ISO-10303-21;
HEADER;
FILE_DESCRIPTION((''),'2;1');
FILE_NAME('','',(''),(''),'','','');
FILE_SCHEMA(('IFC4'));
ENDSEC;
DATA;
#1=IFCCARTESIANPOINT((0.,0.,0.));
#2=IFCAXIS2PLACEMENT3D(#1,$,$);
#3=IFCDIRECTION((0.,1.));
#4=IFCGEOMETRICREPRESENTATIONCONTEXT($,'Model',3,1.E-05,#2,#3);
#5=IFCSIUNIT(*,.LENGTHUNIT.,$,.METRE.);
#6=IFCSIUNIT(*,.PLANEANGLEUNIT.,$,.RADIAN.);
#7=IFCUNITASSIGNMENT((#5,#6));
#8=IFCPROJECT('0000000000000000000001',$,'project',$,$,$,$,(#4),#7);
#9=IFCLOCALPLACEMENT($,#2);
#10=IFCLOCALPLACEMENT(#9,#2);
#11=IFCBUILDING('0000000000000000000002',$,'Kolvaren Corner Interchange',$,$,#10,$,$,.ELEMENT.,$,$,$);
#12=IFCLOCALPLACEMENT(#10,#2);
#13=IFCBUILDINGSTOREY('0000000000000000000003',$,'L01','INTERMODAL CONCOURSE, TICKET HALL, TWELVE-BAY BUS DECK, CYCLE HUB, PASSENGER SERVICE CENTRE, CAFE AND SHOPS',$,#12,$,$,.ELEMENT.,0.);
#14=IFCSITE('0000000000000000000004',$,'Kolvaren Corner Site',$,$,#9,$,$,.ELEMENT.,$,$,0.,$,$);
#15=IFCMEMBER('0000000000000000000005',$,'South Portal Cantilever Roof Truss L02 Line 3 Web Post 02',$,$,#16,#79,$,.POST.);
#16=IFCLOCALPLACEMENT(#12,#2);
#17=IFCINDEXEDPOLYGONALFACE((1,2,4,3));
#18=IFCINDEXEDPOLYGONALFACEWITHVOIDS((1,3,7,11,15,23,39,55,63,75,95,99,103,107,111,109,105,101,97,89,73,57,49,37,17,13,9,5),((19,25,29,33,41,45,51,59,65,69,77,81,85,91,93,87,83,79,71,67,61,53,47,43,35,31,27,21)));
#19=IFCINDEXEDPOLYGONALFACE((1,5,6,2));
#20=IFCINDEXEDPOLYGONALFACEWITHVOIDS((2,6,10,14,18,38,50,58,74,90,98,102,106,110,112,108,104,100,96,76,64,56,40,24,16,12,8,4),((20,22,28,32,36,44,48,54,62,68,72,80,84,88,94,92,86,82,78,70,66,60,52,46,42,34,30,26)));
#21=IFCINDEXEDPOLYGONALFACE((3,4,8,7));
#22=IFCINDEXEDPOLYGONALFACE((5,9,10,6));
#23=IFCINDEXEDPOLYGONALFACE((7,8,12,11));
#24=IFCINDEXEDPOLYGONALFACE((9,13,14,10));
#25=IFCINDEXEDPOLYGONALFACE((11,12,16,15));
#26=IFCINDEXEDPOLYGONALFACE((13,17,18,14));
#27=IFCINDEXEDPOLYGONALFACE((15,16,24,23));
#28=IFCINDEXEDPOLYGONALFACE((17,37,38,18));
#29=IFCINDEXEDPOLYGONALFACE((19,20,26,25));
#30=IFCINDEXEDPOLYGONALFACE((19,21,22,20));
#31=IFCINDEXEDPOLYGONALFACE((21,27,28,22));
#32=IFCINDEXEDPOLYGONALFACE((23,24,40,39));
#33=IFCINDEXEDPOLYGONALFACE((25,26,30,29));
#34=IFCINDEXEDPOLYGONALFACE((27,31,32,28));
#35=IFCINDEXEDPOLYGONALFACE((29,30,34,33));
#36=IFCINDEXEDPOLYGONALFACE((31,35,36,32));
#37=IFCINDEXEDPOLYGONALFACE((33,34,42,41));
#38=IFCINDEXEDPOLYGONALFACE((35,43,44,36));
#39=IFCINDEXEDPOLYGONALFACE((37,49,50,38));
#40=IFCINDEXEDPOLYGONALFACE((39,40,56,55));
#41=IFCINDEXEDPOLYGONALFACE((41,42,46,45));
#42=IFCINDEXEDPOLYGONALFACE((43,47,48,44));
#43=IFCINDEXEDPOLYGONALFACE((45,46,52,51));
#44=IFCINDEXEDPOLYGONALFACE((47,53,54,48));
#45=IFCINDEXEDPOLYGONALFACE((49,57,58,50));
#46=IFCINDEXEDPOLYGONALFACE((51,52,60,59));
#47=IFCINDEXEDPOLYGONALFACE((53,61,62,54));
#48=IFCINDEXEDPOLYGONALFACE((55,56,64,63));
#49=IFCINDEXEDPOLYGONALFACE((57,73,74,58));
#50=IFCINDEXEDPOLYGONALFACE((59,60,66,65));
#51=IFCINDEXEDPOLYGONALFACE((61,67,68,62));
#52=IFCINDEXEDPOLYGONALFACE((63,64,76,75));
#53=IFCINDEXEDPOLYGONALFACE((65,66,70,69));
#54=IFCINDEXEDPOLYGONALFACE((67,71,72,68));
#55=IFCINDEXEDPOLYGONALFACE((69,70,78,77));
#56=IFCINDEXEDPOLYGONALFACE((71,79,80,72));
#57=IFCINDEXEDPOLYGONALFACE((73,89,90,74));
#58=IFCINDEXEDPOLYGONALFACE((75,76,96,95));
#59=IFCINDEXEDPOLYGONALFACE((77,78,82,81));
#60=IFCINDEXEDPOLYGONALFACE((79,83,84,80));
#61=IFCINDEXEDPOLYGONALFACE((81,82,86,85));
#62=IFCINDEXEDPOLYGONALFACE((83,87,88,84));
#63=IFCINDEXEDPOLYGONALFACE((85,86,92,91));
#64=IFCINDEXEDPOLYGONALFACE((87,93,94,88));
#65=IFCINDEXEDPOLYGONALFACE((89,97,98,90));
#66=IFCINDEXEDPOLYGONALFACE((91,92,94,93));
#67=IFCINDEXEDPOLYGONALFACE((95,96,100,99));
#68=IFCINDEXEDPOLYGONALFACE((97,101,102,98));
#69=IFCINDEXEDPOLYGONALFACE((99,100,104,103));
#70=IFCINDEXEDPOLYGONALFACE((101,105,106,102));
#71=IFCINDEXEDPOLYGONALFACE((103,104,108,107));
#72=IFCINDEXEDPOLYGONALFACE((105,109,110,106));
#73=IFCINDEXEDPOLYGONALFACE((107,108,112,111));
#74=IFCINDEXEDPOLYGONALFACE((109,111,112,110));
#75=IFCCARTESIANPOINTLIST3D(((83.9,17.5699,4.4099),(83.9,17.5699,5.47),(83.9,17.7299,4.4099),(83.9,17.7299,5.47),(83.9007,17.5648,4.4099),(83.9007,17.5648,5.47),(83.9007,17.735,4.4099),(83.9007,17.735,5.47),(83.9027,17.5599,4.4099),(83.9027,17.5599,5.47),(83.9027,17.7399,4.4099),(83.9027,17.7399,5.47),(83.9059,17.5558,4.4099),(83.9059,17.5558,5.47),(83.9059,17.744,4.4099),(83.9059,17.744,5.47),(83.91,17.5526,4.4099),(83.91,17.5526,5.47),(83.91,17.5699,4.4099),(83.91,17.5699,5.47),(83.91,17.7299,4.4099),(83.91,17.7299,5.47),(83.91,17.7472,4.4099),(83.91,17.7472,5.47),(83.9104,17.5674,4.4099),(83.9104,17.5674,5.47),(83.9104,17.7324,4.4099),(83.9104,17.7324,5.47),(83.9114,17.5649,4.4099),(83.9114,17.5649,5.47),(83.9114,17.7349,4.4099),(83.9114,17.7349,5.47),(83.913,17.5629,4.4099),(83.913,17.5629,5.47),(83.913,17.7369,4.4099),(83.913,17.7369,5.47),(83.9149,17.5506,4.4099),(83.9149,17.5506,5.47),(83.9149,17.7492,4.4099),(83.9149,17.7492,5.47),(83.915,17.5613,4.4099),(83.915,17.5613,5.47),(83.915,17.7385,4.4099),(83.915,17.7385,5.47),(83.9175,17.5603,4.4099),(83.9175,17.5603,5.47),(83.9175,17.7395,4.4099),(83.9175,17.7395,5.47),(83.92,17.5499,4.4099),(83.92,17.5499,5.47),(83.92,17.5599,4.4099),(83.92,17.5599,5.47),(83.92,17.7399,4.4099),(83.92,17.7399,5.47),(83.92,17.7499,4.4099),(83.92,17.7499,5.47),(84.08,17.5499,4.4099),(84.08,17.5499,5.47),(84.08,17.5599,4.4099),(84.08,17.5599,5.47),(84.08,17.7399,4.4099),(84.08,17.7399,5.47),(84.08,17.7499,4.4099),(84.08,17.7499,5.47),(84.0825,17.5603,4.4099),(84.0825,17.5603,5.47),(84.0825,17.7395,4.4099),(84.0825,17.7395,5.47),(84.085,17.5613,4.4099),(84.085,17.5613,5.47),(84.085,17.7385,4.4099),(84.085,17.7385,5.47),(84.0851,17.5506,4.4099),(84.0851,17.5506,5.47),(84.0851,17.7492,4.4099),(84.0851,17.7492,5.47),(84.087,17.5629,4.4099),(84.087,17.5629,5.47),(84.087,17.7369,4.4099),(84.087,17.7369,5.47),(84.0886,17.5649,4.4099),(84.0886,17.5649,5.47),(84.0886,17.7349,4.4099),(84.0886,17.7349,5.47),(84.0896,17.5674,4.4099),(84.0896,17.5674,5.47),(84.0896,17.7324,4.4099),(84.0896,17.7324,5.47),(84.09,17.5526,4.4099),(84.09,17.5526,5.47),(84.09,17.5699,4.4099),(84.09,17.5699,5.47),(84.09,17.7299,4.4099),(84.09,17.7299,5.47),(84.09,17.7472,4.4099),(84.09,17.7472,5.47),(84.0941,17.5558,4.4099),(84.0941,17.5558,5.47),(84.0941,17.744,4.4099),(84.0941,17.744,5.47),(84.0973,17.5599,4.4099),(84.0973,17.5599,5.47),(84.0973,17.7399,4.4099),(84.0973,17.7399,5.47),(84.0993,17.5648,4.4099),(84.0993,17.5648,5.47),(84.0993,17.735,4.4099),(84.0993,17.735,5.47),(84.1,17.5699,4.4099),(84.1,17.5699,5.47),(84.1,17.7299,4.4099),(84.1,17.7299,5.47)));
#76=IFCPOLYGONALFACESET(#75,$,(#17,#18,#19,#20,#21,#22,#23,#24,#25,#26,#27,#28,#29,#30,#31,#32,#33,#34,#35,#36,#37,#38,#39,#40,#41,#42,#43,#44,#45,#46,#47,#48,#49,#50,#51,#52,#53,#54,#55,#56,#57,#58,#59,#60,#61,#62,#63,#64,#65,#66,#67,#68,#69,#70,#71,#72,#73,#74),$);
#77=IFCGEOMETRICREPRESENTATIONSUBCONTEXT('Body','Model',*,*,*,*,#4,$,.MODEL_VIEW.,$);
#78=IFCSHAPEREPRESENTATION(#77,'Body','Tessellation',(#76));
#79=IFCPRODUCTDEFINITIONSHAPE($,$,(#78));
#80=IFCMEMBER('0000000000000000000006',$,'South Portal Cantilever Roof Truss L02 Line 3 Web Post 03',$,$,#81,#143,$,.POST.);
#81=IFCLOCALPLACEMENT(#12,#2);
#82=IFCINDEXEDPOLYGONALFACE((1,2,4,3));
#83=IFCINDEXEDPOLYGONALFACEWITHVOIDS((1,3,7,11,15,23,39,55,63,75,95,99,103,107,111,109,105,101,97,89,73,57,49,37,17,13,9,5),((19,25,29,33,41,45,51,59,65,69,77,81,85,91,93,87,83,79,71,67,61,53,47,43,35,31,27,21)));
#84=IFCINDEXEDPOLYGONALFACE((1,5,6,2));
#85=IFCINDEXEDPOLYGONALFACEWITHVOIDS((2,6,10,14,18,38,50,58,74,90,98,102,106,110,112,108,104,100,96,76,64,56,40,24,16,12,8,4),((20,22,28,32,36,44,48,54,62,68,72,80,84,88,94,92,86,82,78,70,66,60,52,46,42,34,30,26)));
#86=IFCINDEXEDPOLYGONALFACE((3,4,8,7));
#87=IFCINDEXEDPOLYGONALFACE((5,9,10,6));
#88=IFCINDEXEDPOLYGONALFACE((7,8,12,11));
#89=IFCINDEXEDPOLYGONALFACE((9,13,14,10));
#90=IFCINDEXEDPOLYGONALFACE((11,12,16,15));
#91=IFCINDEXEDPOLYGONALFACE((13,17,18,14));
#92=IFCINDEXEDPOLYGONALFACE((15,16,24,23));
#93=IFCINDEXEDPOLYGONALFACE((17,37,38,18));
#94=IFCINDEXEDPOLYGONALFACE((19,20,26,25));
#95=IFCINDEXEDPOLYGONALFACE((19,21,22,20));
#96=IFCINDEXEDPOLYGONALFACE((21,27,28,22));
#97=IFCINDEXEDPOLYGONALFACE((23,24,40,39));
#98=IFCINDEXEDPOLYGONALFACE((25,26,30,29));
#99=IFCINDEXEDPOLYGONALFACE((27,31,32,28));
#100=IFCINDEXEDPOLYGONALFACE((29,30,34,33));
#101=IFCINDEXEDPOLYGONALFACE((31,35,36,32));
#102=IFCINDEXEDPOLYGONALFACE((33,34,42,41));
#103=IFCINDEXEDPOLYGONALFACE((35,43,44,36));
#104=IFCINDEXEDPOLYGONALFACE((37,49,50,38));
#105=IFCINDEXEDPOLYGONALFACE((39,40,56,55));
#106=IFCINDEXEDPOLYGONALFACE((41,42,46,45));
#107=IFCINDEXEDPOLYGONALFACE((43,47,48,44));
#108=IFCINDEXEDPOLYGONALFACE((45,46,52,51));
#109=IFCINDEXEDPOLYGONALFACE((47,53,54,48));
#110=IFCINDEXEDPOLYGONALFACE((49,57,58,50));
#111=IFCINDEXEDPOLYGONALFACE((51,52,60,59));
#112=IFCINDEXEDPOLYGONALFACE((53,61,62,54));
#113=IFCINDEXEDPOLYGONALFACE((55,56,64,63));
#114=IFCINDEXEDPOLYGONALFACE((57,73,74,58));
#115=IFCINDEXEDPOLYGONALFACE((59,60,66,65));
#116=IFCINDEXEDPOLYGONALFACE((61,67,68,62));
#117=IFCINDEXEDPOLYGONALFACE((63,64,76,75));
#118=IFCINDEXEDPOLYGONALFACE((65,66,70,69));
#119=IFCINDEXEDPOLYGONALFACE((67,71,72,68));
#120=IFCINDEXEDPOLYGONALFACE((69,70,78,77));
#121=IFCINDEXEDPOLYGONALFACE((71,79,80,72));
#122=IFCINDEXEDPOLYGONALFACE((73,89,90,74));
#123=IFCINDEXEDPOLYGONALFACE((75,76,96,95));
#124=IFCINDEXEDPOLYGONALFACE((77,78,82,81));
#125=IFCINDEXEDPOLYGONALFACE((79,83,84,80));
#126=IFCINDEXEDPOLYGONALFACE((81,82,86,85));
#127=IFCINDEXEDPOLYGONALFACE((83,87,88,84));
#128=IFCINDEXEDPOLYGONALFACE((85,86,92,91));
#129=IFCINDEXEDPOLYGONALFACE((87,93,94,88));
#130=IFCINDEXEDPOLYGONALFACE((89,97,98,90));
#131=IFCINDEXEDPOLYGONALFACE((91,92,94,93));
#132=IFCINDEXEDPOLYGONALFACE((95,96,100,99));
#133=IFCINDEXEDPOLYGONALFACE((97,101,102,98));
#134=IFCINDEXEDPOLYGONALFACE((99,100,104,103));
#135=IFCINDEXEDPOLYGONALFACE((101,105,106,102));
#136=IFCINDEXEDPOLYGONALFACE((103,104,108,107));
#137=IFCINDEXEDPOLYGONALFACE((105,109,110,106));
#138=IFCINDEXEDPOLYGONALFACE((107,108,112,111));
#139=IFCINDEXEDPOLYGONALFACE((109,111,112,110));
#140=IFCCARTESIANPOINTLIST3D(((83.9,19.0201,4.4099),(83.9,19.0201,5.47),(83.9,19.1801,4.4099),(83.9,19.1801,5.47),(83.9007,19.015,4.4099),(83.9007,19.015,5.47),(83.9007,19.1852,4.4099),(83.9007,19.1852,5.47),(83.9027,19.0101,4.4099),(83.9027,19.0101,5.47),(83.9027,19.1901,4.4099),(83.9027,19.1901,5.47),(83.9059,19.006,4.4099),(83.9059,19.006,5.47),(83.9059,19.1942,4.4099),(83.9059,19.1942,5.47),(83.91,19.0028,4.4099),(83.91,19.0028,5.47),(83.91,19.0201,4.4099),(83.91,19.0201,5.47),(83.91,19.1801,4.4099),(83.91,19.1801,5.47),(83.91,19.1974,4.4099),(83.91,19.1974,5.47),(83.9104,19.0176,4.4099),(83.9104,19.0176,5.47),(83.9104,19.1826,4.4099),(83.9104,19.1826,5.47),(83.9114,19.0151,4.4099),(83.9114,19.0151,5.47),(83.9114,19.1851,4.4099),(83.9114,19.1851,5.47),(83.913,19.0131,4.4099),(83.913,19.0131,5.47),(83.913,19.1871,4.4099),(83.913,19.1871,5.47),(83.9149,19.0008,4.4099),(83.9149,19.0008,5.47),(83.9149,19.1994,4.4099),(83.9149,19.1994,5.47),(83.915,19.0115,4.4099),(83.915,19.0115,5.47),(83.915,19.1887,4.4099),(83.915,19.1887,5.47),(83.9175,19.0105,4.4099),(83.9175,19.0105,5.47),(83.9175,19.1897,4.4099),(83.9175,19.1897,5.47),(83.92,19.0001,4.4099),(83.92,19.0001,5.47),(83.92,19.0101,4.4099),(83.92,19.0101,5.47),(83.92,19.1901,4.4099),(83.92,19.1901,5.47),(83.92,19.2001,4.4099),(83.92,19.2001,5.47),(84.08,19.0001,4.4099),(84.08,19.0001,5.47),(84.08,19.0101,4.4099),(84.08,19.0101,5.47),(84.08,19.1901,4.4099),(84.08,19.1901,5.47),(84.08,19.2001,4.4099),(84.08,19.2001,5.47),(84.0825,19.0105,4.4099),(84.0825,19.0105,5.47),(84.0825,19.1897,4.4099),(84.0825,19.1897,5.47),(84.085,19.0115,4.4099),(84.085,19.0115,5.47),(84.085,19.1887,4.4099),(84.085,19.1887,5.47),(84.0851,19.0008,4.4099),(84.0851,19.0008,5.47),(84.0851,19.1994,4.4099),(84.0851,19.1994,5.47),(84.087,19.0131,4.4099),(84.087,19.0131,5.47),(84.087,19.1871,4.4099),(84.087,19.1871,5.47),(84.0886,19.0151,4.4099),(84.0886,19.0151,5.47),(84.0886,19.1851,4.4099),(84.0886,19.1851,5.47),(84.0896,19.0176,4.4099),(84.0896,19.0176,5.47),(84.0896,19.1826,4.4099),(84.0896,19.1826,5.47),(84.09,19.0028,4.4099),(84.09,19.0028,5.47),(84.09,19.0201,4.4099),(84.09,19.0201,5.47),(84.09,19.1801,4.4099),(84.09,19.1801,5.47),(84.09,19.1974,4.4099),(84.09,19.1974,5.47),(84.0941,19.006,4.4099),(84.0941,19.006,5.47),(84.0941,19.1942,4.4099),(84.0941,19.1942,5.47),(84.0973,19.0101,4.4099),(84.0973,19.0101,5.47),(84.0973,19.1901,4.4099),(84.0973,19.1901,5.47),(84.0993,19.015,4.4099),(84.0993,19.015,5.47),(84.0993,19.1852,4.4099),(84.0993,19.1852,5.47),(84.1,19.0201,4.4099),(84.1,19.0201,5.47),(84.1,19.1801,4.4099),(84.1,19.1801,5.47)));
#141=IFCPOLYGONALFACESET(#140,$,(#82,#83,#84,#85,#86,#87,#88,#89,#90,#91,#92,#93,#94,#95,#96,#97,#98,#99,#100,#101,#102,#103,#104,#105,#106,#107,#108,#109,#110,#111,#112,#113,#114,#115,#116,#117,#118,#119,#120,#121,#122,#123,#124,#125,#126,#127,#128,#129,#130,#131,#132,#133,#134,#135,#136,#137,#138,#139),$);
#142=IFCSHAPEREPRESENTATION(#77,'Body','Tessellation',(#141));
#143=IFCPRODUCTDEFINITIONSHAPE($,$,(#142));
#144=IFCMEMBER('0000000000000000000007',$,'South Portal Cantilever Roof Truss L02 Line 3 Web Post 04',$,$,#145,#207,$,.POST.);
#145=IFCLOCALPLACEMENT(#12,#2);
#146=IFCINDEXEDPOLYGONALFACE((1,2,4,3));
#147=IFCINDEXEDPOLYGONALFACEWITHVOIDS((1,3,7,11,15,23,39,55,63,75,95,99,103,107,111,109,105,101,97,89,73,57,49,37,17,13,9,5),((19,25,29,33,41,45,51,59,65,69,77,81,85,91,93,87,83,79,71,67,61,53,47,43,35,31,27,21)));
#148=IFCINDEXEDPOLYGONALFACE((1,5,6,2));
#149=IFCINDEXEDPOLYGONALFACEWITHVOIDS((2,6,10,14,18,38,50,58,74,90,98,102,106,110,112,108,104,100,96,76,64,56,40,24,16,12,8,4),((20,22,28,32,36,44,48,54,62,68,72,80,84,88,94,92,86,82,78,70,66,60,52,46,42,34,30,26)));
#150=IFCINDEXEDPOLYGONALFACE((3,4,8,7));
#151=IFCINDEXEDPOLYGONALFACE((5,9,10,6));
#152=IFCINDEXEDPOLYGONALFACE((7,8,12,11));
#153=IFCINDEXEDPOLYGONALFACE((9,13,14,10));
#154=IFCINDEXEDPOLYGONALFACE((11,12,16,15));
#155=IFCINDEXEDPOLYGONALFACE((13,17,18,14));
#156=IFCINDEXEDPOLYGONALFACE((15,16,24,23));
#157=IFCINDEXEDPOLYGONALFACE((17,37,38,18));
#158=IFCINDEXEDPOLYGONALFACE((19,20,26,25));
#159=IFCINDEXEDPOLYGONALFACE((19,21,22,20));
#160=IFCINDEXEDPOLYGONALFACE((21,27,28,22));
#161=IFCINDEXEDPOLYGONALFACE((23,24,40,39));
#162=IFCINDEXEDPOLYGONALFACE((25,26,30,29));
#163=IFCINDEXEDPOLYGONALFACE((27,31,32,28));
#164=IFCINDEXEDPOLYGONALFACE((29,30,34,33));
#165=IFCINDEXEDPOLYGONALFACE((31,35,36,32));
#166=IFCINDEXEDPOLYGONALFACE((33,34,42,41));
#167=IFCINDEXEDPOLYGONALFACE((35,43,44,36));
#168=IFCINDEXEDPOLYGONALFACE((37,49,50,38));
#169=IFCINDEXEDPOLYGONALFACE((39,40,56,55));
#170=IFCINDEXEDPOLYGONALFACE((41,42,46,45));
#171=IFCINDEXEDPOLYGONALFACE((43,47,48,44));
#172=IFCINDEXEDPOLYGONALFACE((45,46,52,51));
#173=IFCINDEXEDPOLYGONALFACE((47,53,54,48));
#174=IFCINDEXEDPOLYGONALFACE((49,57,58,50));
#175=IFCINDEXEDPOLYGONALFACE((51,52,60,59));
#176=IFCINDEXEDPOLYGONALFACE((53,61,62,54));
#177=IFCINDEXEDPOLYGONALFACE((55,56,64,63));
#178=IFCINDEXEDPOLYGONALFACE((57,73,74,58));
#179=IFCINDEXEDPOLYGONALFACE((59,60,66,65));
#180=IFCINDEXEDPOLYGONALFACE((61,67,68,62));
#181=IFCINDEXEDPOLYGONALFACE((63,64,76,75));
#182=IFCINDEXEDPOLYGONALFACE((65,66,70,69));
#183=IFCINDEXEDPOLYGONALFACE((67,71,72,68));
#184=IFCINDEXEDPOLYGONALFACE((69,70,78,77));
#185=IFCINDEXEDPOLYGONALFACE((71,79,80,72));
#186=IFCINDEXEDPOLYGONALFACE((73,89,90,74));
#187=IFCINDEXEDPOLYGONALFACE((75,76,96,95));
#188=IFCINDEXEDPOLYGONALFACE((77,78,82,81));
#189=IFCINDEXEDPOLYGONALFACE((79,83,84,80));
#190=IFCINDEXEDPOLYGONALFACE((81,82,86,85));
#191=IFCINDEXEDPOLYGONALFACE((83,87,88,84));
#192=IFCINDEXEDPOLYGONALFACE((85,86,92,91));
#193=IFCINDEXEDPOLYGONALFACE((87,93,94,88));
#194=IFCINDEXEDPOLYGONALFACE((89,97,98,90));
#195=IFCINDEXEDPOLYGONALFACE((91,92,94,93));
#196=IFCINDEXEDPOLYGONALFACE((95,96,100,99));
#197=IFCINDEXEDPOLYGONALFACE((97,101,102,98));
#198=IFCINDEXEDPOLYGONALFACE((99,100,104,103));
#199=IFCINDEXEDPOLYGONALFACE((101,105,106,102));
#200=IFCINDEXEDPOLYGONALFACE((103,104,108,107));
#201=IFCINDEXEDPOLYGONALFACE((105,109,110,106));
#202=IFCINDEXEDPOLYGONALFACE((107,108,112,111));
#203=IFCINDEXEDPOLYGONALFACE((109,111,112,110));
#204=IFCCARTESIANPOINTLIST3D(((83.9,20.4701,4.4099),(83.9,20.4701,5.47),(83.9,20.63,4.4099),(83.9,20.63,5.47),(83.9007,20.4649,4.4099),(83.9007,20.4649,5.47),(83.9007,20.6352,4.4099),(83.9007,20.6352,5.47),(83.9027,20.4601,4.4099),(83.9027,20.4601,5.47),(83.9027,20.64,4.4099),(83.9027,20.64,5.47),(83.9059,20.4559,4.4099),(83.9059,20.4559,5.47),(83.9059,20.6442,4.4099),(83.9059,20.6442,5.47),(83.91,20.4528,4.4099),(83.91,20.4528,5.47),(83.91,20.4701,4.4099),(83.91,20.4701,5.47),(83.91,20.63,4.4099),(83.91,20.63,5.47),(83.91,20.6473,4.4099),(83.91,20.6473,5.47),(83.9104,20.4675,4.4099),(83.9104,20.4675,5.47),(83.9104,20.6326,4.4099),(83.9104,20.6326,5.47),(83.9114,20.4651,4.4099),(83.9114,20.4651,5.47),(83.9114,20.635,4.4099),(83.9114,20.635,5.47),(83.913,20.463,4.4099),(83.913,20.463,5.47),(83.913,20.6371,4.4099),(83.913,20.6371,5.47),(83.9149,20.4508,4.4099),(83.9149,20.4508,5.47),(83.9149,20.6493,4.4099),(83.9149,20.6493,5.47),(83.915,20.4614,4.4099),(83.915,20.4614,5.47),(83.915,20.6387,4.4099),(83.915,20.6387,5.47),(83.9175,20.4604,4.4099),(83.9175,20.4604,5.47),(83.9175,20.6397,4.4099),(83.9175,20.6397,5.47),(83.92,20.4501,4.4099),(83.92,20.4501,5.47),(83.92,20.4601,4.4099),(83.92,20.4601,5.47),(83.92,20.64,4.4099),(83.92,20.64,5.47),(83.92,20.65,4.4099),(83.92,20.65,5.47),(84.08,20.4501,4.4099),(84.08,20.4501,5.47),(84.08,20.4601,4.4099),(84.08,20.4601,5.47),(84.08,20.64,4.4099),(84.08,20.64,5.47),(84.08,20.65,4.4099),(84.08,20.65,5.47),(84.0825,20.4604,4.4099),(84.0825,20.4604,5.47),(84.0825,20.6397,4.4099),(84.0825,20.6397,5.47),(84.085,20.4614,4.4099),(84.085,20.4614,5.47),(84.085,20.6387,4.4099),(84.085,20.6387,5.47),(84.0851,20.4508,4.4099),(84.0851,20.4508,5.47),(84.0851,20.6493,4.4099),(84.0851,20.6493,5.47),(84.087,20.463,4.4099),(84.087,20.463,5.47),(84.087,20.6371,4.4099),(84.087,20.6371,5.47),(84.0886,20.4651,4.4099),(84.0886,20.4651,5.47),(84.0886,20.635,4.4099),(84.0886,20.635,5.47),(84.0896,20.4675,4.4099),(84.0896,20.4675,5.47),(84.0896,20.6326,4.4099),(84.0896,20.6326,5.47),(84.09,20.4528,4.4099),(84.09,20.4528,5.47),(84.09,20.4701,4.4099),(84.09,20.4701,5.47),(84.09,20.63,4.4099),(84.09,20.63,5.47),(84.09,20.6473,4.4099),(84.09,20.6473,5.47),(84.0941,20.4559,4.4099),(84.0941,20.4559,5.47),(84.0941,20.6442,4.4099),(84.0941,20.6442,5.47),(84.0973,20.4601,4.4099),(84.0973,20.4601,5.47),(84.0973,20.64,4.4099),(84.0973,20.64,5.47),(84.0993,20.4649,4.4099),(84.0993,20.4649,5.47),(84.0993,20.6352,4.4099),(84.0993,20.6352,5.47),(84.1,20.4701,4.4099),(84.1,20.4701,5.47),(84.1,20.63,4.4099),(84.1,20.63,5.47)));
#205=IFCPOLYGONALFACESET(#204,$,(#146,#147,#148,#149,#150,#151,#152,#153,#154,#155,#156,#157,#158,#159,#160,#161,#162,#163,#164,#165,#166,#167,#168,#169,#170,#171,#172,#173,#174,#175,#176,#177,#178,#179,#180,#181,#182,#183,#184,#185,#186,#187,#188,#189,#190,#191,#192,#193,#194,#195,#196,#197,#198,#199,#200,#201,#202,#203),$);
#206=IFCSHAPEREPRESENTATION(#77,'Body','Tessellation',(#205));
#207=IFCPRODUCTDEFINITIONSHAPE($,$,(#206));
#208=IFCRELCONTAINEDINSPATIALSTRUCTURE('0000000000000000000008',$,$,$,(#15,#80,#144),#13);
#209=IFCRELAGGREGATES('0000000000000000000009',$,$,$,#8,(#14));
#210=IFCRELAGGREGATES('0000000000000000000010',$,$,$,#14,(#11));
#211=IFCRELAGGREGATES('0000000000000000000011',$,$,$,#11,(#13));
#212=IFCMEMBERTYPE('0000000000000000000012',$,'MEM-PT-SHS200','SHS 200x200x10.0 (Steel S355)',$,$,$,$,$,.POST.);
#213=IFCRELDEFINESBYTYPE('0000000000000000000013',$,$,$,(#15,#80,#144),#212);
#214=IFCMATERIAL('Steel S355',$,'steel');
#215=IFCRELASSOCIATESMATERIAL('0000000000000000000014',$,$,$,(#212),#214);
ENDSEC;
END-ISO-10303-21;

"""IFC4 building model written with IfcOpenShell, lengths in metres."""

from ifc_helpers import new_model, si_unit, direction, frame, origin, origin_2d, place, context, subcontext, project, spatial, hollow_rectangle, extrude, material, material_profile, profile_set, type_object, element, save


model = new_model("IFC4")

# Units and contexts
model_context = context("Model", 3, precision=1e-05, world=origin(), true_north=direction((0.0, 1.0)))
body_context = subcontext(model_context, "Body", "Model", "MODEL_VIEW")
ifc_project = project(units=[si_unit("LENGTHUNIT", "METRE"), si_unit("PLANEANGLEUNIT", "RADIAN")], contexts=[model_context])

# Site, building, storey
site_placement = place(None, origin())
site = spatial("IfcSite", under=ifc_project, at=site_placement, Name="Kolvaren Corner Site", CompositionType="ELEMENT", RefElevation=0.0)
building_placement = place(site_placement, origin())
building = spatial("IfcBuilding", under=site, at=building_placement, Name="Kolvaren Corner Interchange", CompositionType="ELEMENT")
storey_placement = place(building_placement, origin())
storey = spatial("IfcBuildingStorey", under=building, at=storey_placement, Name="L01", Description="INTERMODAL CONCOURSE, TICKET HALL, TWELVE-BAY BUS DECK, CYCLE HUB, PASSENGER SERVICE CENTRE, CAFE AND SHOPS", CompositionType="ELEMENT", Elevation=0.0)

# Members
ifc_material_1 = material(Name="Steel S355", Category="steel")
ifc_material_profile_1 = material_profile(ifc_material_1, hollow_rectangle(XDim=0.2, YDim=0.2, WallThickness=0.01, InnerFilletRadius=0.01, OuterFilletRadius=0.02, at=origin_2d()), Name="SHS 200x200x10.0")
ifc_profile_set_1 = profile_set([ifc_material_profile_1], Name="Steel S355")
member_type_1 = type_object("IfcMemberType", Name="MEM-PT-SHS200", Description="SHS 200x200x10.0 (Steel S355)", PredefinedType="POST", material=ifc_profile_set_1)
for number, where, z_axis, x_axis, name in (
    (1, (84.0, 17.6499, 4.4099), (0.0, 0.0, 1.0), (1.0, 0.0, 0.0), "South Portal Cantilever Roof Truss L02 Line 3 Web Post 02"),
    (2, (84.0, 19.1001, 4.4099), (0.0, 0.0, 1.0), (1.0, 0.0, 0.0), "South Portal Cantilever Roof Truss L02 Line 3 Web Post 03"),
    (3, (84.0, 20.55, 4.4099), (0.0, 0.0, 1.0), (1.0, 0.0, 0.0), "South Portal Cantilever Roof Truss L02 Line 3 Web Post 04"),
):
    element("IfcMember", number, at=place(storey_placement, frame(where, z_axis=z_axis, x_axis=x_axis)), inside=storey, type_object=member_type_1, Name=name, PredefinedType="POST", context=body_context, shape_type="SweptSolid", body=[
        extrude(hollow_rectangle(XDim=0.2, YDim=0.2, WallThickness=0.01, InnerFilletRadius=0.01, OuterFilletRadius=0.02, at=origin_2d()), origin(), (0.0, 0.0, 1.0), 1.0601),
    ])

save(model, "model.ifc")
